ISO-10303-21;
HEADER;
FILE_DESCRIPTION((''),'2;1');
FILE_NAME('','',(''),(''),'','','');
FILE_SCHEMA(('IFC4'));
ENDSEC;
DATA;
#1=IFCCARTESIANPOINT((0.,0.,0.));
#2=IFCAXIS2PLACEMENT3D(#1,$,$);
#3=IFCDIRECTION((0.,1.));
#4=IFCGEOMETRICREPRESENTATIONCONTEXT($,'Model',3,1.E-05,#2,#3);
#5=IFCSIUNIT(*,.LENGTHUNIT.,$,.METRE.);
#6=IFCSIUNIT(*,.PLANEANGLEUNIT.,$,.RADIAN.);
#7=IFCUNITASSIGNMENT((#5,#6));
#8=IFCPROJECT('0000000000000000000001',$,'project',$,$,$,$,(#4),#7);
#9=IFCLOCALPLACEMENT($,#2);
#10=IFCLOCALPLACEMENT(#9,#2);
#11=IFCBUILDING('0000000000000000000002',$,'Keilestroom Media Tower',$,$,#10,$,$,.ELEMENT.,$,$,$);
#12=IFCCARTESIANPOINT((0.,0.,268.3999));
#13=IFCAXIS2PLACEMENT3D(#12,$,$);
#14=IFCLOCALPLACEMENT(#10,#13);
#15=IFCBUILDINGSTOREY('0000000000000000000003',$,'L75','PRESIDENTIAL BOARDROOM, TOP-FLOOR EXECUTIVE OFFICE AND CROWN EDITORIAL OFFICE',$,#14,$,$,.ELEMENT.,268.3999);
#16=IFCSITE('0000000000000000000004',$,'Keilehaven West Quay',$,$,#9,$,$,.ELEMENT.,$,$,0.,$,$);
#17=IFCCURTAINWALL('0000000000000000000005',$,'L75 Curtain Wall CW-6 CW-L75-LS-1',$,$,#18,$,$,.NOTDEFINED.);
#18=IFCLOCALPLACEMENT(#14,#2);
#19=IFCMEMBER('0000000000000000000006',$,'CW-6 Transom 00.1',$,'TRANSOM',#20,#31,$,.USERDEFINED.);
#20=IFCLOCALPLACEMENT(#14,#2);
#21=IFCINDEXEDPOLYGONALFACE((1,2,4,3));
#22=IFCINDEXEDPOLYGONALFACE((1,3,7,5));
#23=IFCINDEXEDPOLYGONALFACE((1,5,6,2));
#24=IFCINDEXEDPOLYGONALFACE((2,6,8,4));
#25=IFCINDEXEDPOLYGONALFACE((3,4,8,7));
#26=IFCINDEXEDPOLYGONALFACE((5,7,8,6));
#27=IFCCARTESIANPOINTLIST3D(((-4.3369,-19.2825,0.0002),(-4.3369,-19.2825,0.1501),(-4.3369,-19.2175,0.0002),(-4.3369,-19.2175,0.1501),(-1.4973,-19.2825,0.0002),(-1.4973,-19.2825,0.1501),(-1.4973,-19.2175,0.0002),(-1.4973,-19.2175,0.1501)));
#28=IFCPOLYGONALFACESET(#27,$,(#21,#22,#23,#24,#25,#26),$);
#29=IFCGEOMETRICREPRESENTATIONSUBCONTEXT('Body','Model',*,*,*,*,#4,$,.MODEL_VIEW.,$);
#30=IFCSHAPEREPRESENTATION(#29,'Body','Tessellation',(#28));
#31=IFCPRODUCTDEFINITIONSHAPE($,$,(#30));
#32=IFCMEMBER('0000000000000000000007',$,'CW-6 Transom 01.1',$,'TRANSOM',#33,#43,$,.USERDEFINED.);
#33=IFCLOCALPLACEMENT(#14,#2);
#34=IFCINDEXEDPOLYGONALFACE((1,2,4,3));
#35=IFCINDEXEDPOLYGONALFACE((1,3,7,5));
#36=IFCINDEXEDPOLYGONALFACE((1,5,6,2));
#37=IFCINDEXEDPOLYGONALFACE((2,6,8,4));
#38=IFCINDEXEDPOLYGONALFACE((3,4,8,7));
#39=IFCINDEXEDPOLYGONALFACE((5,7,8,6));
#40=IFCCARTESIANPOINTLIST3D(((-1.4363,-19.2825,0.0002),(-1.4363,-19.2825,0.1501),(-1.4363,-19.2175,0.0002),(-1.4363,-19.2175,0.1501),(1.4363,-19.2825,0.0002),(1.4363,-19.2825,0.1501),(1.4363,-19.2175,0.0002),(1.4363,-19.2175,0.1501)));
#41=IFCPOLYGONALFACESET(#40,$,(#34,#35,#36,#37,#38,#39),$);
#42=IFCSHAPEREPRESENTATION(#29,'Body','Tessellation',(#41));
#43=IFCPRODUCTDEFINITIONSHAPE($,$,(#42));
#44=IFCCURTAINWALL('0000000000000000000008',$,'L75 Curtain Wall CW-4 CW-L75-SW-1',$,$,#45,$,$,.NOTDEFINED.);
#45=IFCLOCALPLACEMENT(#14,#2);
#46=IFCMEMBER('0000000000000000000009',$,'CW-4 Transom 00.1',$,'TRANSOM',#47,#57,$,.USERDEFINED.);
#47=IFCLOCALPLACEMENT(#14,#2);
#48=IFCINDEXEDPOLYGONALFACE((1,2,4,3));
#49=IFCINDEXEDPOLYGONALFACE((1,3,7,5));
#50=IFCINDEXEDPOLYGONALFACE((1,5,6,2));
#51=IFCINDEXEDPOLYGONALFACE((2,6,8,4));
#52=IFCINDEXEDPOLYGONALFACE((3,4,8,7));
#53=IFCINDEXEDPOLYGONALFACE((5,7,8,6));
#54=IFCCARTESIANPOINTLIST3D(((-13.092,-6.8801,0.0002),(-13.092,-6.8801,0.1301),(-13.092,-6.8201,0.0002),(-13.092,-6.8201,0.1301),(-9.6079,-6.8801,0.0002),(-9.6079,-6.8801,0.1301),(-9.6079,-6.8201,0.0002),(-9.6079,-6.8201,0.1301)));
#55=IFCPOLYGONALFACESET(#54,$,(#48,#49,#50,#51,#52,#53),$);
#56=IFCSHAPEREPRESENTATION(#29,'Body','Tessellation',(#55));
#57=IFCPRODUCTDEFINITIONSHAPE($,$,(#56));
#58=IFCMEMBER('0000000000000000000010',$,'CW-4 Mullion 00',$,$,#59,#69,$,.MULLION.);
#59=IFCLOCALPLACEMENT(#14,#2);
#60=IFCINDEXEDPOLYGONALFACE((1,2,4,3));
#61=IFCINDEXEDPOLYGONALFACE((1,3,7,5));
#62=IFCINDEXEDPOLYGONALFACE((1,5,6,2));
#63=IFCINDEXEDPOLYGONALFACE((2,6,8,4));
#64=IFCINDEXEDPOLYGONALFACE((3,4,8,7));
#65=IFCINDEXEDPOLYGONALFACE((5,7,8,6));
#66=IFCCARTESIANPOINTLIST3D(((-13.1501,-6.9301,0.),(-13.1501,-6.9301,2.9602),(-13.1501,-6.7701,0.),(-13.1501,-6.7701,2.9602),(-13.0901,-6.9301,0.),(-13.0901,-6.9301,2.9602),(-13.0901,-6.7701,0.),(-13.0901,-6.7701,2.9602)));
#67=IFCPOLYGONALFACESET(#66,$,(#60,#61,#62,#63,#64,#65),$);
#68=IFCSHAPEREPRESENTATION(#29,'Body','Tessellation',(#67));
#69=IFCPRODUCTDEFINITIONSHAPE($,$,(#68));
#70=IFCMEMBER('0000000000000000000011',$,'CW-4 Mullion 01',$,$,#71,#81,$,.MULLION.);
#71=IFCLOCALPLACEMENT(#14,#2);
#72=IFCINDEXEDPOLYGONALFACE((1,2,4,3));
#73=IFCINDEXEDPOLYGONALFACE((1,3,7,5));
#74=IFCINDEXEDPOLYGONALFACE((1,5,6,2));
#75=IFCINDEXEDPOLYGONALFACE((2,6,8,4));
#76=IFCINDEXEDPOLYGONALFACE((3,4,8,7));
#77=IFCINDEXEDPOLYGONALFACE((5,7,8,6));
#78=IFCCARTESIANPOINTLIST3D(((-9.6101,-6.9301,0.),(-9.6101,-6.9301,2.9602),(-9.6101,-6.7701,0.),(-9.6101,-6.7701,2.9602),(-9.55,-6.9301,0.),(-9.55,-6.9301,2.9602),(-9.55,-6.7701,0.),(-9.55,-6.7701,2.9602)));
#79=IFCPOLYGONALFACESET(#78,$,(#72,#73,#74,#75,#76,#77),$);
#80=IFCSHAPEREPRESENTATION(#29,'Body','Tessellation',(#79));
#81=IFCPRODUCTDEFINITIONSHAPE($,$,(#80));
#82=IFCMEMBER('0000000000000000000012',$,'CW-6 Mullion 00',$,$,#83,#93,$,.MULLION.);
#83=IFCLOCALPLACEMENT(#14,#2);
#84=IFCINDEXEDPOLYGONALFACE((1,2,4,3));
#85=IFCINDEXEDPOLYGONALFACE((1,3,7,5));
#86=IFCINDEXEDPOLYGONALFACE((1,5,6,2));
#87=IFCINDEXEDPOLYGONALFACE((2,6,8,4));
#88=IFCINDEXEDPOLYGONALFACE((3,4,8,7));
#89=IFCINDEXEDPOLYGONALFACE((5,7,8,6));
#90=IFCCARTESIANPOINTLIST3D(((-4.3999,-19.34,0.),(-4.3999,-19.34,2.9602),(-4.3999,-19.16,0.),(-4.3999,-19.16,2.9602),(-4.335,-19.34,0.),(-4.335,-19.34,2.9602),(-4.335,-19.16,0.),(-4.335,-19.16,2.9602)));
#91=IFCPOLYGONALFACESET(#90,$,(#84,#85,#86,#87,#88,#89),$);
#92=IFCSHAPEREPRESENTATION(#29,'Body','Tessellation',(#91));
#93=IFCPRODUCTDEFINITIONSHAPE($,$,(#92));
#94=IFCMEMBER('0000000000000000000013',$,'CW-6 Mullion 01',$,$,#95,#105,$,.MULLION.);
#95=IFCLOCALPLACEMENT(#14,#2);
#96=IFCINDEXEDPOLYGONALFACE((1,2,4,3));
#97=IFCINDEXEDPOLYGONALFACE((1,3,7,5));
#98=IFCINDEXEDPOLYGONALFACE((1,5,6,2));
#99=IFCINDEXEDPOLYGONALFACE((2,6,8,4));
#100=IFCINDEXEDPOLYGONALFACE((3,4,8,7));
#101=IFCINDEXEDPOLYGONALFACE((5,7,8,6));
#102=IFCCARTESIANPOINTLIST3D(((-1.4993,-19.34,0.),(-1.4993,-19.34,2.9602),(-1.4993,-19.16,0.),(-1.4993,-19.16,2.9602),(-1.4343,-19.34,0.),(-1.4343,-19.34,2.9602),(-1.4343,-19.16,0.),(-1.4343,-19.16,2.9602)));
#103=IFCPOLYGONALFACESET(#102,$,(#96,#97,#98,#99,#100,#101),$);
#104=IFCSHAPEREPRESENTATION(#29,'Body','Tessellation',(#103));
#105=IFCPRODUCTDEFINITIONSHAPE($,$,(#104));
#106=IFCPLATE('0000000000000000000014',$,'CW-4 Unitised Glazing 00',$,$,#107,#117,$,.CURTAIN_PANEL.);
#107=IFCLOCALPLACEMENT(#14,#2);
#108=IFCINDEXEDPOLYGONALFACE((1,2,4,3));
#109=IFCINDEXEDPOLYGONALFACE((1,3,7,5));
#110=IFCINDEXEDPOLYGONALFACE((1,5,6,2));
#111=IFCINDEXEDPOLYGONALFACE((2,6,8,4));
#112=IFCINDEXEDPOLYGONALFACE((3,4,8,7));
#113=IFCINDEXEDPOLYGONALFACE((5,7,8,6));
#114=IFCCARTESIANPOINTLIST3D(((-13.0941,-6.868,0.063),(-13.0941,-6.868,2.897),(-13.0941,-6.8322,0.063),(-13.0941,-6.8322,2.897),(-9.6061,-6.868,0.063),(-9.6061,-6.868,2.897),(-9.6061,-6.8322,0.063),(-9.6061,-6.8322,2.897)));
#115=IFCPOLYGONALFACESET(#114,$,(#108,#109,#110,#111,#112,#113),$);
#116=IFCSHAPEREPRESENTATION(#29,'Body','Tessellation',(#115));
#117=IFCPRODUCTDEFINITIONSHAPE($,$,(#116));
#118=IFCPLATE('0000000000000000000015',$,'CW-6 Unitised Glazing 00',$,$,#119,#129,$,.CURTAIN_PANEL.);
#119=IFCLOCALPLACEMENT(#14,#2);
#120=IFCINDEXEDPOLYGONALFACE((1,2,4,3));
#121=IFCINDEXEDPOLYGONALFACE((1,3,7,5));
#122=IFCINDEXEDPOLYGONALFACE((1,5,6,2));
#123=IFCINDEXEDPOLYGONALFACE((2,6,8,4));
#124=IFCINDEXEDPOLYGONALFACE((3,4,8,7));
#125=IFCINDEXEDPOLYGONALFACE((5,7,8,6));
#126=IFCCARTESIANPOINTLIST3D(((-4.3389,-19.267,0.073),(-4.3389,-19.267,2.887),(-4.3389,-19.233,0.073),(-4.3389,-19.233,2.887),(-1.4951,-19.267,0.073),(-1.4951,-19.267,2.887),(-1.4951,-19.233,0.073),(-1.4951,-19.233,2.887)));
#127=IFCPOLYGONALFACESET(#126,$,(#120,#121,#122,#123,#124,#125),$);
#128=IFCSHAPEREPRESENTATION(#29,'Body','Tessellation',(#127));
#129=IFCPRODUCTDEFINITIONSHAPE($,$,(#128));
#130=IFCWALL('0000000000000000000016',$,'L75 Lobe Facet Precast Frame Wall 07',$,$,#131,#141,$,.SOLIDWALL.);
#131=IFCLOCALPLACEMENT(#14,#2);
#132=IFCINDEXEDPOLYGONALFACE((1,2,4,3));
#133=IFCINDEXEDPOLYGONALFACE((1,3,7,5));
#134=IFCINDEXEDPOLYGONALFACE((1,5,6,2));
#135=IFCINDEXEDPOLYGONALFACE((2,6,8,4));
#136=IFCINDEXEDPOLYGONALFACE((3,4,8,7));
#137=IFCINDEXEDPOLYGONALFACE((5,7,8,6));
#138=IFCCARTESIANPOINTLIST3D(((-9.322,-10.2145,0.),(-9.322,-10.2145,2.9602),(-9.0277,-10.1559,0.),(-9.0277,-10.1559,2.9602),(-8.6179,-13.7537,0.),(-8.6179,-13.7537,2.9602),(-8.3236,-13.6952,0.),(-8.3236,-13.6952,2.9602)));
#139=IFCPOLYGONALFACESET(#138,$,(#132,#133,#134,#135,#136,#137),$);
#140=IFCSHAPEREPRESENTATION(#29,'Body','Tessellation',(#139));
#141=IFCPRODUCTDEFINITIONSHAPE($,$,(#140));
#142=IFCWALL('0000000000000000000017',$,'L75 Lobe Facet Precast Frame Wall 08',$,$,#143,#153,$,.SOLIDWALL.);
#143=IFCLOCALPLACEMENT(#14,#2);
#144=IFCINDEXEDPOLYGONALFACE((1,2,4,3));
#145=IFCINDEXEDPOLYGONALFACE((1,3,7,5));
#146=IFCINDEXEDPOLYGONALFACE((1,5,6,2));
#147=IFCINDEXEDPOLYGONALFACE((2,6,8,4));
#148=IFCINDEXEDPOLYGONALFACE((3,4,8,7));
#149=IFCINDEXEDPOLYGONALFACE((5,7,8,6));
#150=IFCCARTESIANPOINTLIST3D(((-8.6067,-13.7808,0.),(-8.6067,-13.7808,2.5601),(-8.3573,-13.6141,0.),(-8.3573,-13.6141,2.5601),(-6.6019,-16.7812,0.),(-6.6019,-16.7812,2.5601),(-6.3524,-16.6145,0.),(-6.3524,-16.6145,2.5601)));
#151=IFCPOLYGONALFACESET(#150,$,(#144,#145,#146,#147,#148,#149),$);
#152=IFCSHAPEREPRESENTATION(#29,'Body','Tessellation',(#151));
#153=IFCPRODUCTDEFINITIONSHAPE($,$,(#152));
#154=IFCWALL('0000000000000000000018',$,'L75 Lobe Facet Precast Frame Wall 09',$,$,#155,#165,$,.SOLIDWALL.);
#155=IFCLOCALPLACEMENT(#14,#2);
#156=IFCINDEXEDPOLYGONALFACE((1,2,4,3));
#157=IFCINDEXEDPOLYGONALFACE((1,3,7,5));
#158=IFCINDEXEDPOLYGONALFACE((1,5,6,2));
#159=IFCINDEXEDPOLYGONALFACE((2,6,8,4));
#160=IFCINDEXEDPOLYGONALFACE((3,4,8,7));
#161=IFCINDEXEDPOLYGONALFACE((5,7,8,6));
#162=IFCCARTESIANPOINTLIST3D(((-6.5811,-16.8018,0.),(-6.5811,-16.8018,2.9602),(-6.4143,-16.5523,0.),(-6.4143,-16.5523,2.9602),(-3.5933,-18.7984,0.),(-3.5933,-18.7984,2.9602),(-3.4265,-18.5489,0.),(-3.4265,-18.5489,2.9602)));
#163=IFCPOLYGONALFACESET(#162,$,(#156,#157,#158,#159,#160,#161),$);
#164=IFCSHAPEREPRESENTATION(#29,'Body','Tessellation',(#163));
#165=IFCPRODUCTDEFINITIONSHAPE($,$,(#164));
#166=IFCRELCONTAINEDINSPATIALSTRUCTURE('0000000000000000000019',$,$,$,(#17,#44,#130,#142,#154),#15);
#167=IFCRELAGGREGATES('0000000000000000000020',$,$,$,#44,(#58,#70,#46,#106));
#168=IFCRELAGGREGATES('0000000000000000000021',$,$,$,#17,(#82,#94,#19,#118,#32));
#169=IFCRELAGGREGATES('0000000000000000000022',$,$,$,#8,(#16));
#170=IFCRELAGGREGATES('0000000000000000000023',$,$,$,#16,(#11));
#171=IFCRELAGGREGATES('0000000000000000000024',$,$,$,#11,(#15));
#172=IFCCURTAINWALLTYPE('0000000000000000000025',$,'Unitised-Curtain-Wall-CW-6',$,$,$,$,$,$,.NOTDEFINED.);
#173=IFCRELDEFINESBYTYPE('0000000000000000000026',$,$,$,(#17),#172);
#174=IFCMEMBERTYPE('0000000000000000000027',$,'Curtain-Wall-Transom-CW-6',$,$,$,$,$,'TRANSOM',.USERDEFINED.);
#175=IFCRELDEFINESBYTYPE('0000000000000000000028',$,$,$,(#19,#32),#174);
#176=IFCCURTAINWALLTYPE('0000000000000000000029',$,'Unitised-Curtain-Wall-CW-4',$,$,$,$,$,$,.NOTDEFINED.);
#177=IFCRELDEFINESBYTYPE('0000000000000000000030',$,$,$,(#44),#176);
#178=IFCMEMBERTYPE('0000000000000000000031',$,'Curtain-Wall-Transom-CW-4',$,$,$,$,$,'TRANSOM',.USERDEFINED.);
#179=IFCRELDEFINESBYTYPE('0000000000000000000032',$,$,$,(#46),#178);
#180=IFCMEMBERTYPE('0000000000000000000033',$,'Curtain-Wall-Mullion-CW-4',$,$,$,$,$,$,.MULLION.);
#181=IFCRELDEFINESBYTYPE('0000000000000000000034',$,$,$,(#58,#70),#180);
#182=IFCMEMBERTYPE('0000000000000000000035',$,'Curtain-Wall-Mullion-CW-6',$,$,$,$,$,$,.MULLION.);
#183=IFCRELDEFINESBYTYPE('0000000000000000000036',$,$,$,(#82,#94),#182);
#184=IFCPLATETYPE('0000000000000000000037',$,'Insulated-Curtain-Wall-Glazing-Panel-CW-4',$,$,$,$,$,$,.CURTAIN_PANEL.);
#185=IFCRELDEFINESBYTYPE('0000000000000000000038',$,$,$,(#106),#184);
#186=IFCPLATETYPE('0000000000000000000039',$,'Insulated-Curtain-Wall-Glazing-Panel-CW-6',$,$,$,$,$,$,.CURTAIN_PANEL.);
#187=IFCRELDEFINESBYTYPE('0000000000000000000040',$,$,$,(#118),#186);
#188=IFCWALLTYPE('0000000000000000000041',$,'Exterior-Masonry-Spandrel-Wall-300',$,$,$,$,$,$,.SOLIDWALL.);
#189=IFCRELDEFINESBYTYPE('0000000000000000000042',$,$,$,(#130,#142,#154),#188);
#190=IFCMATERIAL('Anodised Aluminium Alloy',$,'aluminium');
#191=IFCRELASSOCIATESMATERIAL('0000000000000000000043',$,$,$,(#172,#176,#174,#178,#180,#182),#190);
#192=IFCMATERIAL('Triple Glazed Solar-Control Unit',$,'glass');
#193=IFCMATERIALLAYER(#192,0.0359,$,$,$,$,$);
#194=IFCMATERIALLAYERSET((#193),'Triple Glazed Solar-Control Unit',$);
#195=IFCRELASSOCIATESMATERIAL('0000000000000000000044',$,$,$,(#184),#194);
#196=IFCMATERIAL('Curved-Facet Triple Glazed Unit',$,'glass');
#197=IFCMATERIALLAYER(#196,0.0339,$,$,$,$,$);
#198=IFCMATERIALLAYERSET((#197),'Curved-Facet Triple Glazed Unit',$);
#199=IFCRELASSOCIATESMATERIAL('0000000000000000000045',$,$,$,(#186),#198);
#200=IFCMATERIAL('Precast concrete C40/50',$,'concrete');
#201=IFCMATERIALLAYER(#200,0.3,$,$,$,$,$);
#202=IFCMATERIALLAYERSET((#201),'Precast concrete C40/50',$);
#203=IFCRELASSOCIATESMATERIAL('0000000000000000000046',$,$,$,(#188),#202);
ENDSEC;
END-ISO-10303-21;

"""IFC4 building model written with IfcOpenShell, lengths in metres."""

from ifc_helpers import new_model, si_unit, direction, frame, frame_2d, origin, origin_2d, place, context, subcontext, project, spatial, rectangle, extrude, source, transform, mapped, material, layer, layer_set, material_profile, profile_set, type_object, element, aggregate, save


model = new_model("IFC4")

# Units and contexts
model_context = context("Model", 3, precision=1e-05, world=origin(), true_north=direction((0.0, 1.0)))
body_context = subcontext(model_context, "Body", "Model", "MODEL_VIEW")
ifc_project = project(units=[si_unit("LENGTHUNIT", "METRE"), si_unit("PLANEANGLEUNIT", "RADIAN")], contexts=[model_context])

# Site, building, storey
site_placement = place(None, origin())
site = spatial("IfcSite", under=ifc_project, at=site_placement, Name="Keilehaven West Quay", CompositionType="ELEMENT", RefElevation=0.0)
building_placement = place(site_placement, origin())
building = spatial("IfcBuilding", under=site, at=building_placement, Name="Keilestroom Media Tower", CompositionType="ELEMENT")
storey_placement = place(building_placement, frame((0.0, 0.0, 268.3999)))
storey = spatial("IfcBuildingStorey", under=building, at=storey_placement, Name="L75", Description="PRESIDENTIAL BOARDROOM, TOP-FLOOR EXECUTIVE OFFICE AND CROWN EDITORIAL OFFICE", CompositionType="ELEMENT", Elevation=268.3999)

# Curtain walls, members
ifc_material_1 = material(Name="Anodised Aluminium Alloy", Category="aluminium")
curtain_wall_type_1 = type_object("IfcCurtainWallType", Name="Unitised-Curtain-Wall-CW-6", PredefinedType="NOTDEFINED", material=ifc_material_1)
curtain_wall_1_placement = place(storey_placement, origin())
curtain_wall_1 = element("IfcCurtainWall", 1, at=curtain_wall_1_placement, inside=storey, type_object=curtain_wall_type_1, Name="L75 Curtain Wall CW-6 CW-L75-LS-1", PredefinedType="NOTDEFINED")
ifc_material_profile_1 = material_profile(ifc_material_1, rectangle(XDim=0.0649, YDim=0.1499, at=origin_2d()), Name="ALU TRANSOM 65x150")
ifc_profile_set_1 = profile_set([ifc_material_profile_1], Name="Anodised Aluminium Alloy")
member_type_1 = type_object("IfcMemberType", Name="Curtain-Wall-Transom-CW-6", ElementType="TRANSOM", PredefinedType="USERDEFINED", material=ifc_profile_set_1)
shared_shape_1 = source(origin(), body_context, "Body", "SweptSolid", [
    extrude(rectangle(XDim=0.0649, YDim=0.1499, at=origin_2d()), origin(), (0.0, 0.0, 1.0), 2.8396),
])
member_1_placement = place(storey_placement, frame((-4.3369, -19.25, 0.0752), z_axis=(1.0, 0.0, 0.0), x_axis=(0.0, 1.0, 0.0)))
member_1 = element("IfcMember", 2, at=member_1_placement, type_object=member_type_1, Name="CW-6 Transom 00.1", ObjectType="TRANSOM", PredefinedType="USERDEFINED", context=body_context, shape_type="MappedRepresentation", body=[
    mapped(shared_shape_1, transform((0.0, 0.0, 0.0), x_axis=(1.0, 0.0, 0.0), y_axis=(0.0, 1.0, 0.0), z_axis=(0.0, 0.0, 1.0), scale=1.0)),
])
shared_shape_2 = source(origin(), body_context, "Body", "SweptSolid", [
    extrude(rectangle(XDim=0.0649, YDim=0.1499, at=origin_2d()), origin(), (0.0, 0.0, 1.0), 2.8726),
])
member_2_placement = place(storey_placement, frame((-1.4363, -19.25, 0.0752), z_axis=(1.0, 0.0, 0.0), x_axis=(0.0, 1.0, 0.0)))
member_2 = element("IfcMember", 3, at=member_2_placement, type_object=member_type_1, Name="CW-6 Transom 01.1", ObjectType="TRANSOM", PredefinedType="USERDEFINED", context=body_context, shape_type="MappedRepresentation", body=[
    mapped(shared_shape_2, transform((0.0, 0.0, 0.0), x_axis=(1.0, 0.0, 0.0), y_axis=(0.0, 1.0, 0.0), z_axis=(0.0, 0.0, 1.0), scale=1.0)),
])
curtain_wall_type_2 = type_object("IfcCurtainWallType", Name="Unitised-Curtain-Wall-CW-4", PredefinedType="NOTDEFINED", material=ifc_material_1)
curtain_wall_2_placement = place(storey_placement, origin())
curtain_wall_2 = element("IfcCurtainWall", 4, at=curtain_wall_2_placement, inside=storey, type_object=curtain_wall_type_2, Name="L75 Curtain Wall CW-4 CW-L75-SW-1", PredefinedType="NOTDEFINED")
ifc_material_profile_2 = material_profile(ifc_material_1, rectangle(XDim=0.0601, YDim=0.1299, at=origin_2d()), Name="ALU TRANSOM 60x130")
ifc_profile_set_2 = profile_set([ifc_material_profile_2], Name="Anodised Aluminium Alloy")
member_type_2 = type_object("IfcMemberType", Name="Curtain-Wall-Transom-CW-4", ElementType="TRANSOM", PredefinedType="USERDEFINED", material=ifc_profile_set_2)
shared_shape_3 = source(origin(), body_context, "Body", "SweptSolid", [
    extrude(rectangle(XDim=0.0601, YDim=0.1299, at=origin_2d()), origin(), (0.0, 0.0, 1.0), 3.4841),
])
member_3_placement = place(storey_placement, frame((-13.092, -6.8501, 0.0652), z_axis=(1.0, 0.0, 0.0), x_axis=(0.0, 1.0, 0.0)))
member_3 = element("IfcMember", 5, at=member_3_placement, type_object=member_type_2, Name="CW-4 Transom 00.1", ObjectType="TRANSOM", PredefinedType="USERDEFINED", context=body_context, shape_type="MappedRepresentation", body=[
    mapped(shared_shape_3, transform((0.0, 0.0, 0.0), x_axis=(1.0, 0.0, 0.0), y_axis=(0.0, 1.0, 0.0), z_axis=(0.0, 0.0, 1.0), scale=1.0)),
])
ifc_material_profile_3 = material_profile(ifc_material_1, rectangle(XDim=0.0601, YDim=0.1599, at=origin_2d()), Name="ALU MULLION 60x160")
ifc_profile_set_3 = profile_set([ifc_material_profile_3], Name="Anodised Aluminium Alloy")
member_type_3 = type_object("IfcMemberType", Name="Curtain-Wall-Mullion-CW-4", PredefinedType="MULLION", material=ifc_profile_set_3)
shared_shape_4 = source(origin(), body_context, "Body", "SweptSolid", [
    extrude(rectangle(XDim=0.0601, YDim=0.1599, at=origin_2d()), origin(), (0.0, 0.0, 1.0), 2.9602),
])
member_4_placement = place(storey_placement, frame((-13.1201, -6.8501, 0.0), z_axis=(0.0, 0.0, 1.0), x_axis=(1.0, 0.0, 0.0)))
member_4 = element("IfcMember", 6, at=member_4_placement, type_object=member_type_3, Name="CW-4 Mullion 00", PredefinedType="MULLION", context=body_context, shape_type="MappedRepresentation", body=[
    mapped(shared_shape_4, transform((0.0, 0.0, 0.0), x_axis=(1.0, 0.0, 0.0), y_axis=(0.0, 1.0, 0.0), z_axis=(0.0, 0.0, 1.0), scale=1.0)),
])
member_5_placement = place(storey_placement, frame((-9.5801, -6.8501, 0.0), z_axis=(0.0, 0.0, 1.0), x_axis=(1.0, 0.0, 0.0)))
member_5 = element("IfcMember", 7, at=member_5_placement, type_object=member_type_3, Name="CW-4 Mullion 01", PredefinedType="MULLION", context=body_context, shape_type="MappedRepresentation", body=[
    mapped(shared_shape_4, transform((0.0, 0.0, 0.0), x_axis=(1.0, 0.0, 0.0), y_axis=(0.0, 1.0, 0.0), z_axis=(0.0, 0.0, 1.0), scale=1.0)),
])

# Members
ifc_material_profile_4 = material_profile(ifc_material_1, rectangle(XDim=0.0649, YDim=0.1799, at=origin_2d()), Name="ALU MULLION 65x180")
ifc_profile_set_4 = profile_set([ifc_material_profile_4], Name="Anodised Aluminium Alloy")
member_type_4 = type_object("IfcMemberType", Name="Curtain-Wall-Mullion-CW-6", PredefinedType="MULLION", material=ifc_profile_set_4)
shared_shape_5 = source(origin(), body_context, "Body", "SweptSolid", [
    extrude(rectangle(XDim=0.0649, YDim=0.1799, at=origin_2d()), origin(), (0.0, 0.0, 1.0), 2.9602),
])
member_6_placement = place(storey_placement, frame((-4.3674, -19.25, 0.0), z_axis=(0.0, 0.0, 1.0), x_axis=(1.0, 0.0, 0.0)))
member_6 = element("IfcMember", 8, at=member_6_placement, type_object=member_type_4, Name="CW-6 Mullion 00", PredefinedType="MULLION", context=body_context, shape_type="MappedRepresentation", body=[
    mapped(shared_shape_5, transform((0.0, 0.0, 0.0), x_axis=(1.0, 0.0, 0.0), y_axis=(0.0, 1.0, 0.0), z_axis=(0.0, 0.0, 1.0), scale=1.0)),
])
member_7_placement = place(storey_placement, frame((-1.4668, -19.25, 0.0), z_axis=(0.0, 0.0, 1.0), x_axis=(1.0, 0.0, 0.0)))
member_7 = element("IfcMember", 9, at=member_7_placement, type_object=member_type_4, Name="CW-6 Mullion 01", PredefinedType="MULLION", context=body_context, shape_type="MappedRepresentation", body=[
    mapped(shared_shape_5, transform((0.0, 0.0, 0.0), x_axis=(1.0, 0.0, 0.0), y_axis=(0.0, 1.0, 0.0), z_axis=(0.0, 0.0, 1.0), scale=1.0)),
])

# Plates
ifc_material_2 = material(Name="Triple Glazed Solar-Control Unit", Category="glass")
ifc_layer_1 = layer(ifc_material_2, 0.0359)
ifc_layer_set_1 = layer_set([ifc_layer_1], Name="Triple Glazed Solar-Control Unit")
plate_type_1 = type_object("IfcPlateType", Name="Insulated-Curtain-Wall-Glazing-Panel-CW-4", PredefinedType="CURTAIN_PANEL", material=ifc_layer_set_1)
shared_shape_6 = source(origin(), body_context, "Body", "SweptSolid", [
    extrude(rectangle(XDim=3.488, YDim=0.0359, at=origin_2d()), origin(), (0.0, 0.0, 1.0), 2.834),
])
plate_1_placement = place(storey_placement, frame((-11.3501, -6.8501, 0.063), z_axis=(0.0, 0.0, 1.0), x_axis=(1.0, 0.0, 0.0)))
plate_1 = element("IfcPlate", 10, at=plate_1_placement, type_object=plate_type_1, Name="CW-4 Unitised Glazing 00", PredefinedType="CURTAIN_PANEL", context=body_context, shape_type="MappedRepresentation", body=[
    mapped(shared_shape_6, transform((0.0, 0.0, 0.0), x_axis=(1.0, 0.0, 0.0), y_axis=(0.0, 1.0, 0.0), z_axis=(0.0, 0.0, 1.0), scale=1.0)),
])
aggregate(curtain_wall_2, [member_4, member_5, member_3, plate_1])
ifc_material_3 = material(Name="Curved-Facet Triple Glazed Unit", Category="glass")
ifc_layer_2 = layer(ifc_material_3, 0.0339)
ifc_layer_set_2 = layer_set([ifc_layer_2], Name="Curved-Facet Triple Glazed Unit")
plate_type_2 = type_object("IfcPlateType", Name="Insulated-Curtain-Wall-Glazing-Panel-CW-6", PredefinedType="CURTAIN_PANEL", material=ifc_layer_set_2)
shared_shape_7 = source(origin(), body_context, "Body", "SweptSolid", [
    extrude(rectangle(XDim=2.8438, YDim=0.0339, at=origin_2d()), origin(), (0.0, 0.0, 1.0), 2.814),
])
plate_2_placement = place(storey_placement, frame((-2.917, -19.25, 0.073), z_axis=(0.0, 0.0, 1.0), x_axis=(1.0, 0.0, 0.0)))
plate_2 = element("IfcPlate", 11, at=plate_2_placement, type_object=plate_type_2, Name="CW-6 Unitised Glazing 00", PredefinedType="CURTAIN_PANEL", context=body_context, shape_type="MappedRepresentation", body=[
    mapped(shared_shape_7, transform((0.0, 0.0, 0.0), x_axis=(1.0, 0.0, 0.0), y_axis=(0.0, 1.0, 0.0), z_axis=(0.0, 0.0, 1.0), scale=1.0)),
])
aggregate(curtain_wall_1, [member_6, member_7, member_1, plate_2, member_2])

# Walls
ifc_material_4 = material(Name="Precast concrete C40/50", Category="concrete")
ifc_layer_3 = layer(ifc_material_4, 0.3)
ifc_layer_set_3 = layer_set([ifc_layer_3], Name="Precast concrete C40/50")
wall_type_1 = type_object("IfcWallType", Name="Exterior-Masonry-Spandrel-Wall-300", PredefinedType="SOLIDWALL", material=ifc_layer_set_3)
wall_1_placement = place(storey_placement, frame((-9.1748, -10.1853, 0.0), z_axis=(0.0, 0.0, 1.0), x_axis=(0.195114, -0.980781, 0.0)))
element("IfcWall", 12, at=wall_1_placement, inside=storey, type_object=wall_type_1, Name="L75 Lobe Facet Precast Frame Wall 07", PredefinedType="SOLIDWALL", context=body_context, shape_type="SweptSolid", body=[
    extrude(rectangle(XDim=3.6086, YDim=0.3, at=frame_2d((1.8042, 0.0))), origin(), (0.0, 0.0, 1.0), 2.9602),
])
wall_2_placement = place(storey_placement, frame((-8.4819, -13.6975, 0.0), z_axis=(0.0, 0.0, 1.0), x_axis=(0.555574, -0.831467, 0.0)))
element("IfcWall", 13, at=wall_2_placement, inside=storey, type_object=wall_type_1, Name="L75 Lobe Facet Precast Frame Wall 08", PredefinedType="SOLIDWALL", context=body_context, shape_type="SweptSolid", body=[
    extrude(rectangle(XDim=3.6086, YDim=0.3, at=frame_2d((1.8042, 0.0))), origin(), (0.0, 0.0, 1.0), 2.5601),
])
wall_3_placement = place(storey_placement, frame((-6.4978, -16.677, 0.0), z_axis=(0.0, 0.0, 1.0), x_axis=(0.831444, -0.555609, 0.0)))
element("IfcWall", 14, at=wall_3_placement, inside=storey, type_object=wall_type_1, Name="L75 Lobe Facet Precast Frame Wall 09", PredefinedType="SOLIDWALL", context=body_context, shape_type="SweptSolid", body=[
    extrude(rectangle(XDim=3.5935, YDim=0.3, at=frame_2d((1.7969, 0.0))), origin(), (0.0, 0.0, 1.0), 2.9602),
])

save(model, "model.ifc")
